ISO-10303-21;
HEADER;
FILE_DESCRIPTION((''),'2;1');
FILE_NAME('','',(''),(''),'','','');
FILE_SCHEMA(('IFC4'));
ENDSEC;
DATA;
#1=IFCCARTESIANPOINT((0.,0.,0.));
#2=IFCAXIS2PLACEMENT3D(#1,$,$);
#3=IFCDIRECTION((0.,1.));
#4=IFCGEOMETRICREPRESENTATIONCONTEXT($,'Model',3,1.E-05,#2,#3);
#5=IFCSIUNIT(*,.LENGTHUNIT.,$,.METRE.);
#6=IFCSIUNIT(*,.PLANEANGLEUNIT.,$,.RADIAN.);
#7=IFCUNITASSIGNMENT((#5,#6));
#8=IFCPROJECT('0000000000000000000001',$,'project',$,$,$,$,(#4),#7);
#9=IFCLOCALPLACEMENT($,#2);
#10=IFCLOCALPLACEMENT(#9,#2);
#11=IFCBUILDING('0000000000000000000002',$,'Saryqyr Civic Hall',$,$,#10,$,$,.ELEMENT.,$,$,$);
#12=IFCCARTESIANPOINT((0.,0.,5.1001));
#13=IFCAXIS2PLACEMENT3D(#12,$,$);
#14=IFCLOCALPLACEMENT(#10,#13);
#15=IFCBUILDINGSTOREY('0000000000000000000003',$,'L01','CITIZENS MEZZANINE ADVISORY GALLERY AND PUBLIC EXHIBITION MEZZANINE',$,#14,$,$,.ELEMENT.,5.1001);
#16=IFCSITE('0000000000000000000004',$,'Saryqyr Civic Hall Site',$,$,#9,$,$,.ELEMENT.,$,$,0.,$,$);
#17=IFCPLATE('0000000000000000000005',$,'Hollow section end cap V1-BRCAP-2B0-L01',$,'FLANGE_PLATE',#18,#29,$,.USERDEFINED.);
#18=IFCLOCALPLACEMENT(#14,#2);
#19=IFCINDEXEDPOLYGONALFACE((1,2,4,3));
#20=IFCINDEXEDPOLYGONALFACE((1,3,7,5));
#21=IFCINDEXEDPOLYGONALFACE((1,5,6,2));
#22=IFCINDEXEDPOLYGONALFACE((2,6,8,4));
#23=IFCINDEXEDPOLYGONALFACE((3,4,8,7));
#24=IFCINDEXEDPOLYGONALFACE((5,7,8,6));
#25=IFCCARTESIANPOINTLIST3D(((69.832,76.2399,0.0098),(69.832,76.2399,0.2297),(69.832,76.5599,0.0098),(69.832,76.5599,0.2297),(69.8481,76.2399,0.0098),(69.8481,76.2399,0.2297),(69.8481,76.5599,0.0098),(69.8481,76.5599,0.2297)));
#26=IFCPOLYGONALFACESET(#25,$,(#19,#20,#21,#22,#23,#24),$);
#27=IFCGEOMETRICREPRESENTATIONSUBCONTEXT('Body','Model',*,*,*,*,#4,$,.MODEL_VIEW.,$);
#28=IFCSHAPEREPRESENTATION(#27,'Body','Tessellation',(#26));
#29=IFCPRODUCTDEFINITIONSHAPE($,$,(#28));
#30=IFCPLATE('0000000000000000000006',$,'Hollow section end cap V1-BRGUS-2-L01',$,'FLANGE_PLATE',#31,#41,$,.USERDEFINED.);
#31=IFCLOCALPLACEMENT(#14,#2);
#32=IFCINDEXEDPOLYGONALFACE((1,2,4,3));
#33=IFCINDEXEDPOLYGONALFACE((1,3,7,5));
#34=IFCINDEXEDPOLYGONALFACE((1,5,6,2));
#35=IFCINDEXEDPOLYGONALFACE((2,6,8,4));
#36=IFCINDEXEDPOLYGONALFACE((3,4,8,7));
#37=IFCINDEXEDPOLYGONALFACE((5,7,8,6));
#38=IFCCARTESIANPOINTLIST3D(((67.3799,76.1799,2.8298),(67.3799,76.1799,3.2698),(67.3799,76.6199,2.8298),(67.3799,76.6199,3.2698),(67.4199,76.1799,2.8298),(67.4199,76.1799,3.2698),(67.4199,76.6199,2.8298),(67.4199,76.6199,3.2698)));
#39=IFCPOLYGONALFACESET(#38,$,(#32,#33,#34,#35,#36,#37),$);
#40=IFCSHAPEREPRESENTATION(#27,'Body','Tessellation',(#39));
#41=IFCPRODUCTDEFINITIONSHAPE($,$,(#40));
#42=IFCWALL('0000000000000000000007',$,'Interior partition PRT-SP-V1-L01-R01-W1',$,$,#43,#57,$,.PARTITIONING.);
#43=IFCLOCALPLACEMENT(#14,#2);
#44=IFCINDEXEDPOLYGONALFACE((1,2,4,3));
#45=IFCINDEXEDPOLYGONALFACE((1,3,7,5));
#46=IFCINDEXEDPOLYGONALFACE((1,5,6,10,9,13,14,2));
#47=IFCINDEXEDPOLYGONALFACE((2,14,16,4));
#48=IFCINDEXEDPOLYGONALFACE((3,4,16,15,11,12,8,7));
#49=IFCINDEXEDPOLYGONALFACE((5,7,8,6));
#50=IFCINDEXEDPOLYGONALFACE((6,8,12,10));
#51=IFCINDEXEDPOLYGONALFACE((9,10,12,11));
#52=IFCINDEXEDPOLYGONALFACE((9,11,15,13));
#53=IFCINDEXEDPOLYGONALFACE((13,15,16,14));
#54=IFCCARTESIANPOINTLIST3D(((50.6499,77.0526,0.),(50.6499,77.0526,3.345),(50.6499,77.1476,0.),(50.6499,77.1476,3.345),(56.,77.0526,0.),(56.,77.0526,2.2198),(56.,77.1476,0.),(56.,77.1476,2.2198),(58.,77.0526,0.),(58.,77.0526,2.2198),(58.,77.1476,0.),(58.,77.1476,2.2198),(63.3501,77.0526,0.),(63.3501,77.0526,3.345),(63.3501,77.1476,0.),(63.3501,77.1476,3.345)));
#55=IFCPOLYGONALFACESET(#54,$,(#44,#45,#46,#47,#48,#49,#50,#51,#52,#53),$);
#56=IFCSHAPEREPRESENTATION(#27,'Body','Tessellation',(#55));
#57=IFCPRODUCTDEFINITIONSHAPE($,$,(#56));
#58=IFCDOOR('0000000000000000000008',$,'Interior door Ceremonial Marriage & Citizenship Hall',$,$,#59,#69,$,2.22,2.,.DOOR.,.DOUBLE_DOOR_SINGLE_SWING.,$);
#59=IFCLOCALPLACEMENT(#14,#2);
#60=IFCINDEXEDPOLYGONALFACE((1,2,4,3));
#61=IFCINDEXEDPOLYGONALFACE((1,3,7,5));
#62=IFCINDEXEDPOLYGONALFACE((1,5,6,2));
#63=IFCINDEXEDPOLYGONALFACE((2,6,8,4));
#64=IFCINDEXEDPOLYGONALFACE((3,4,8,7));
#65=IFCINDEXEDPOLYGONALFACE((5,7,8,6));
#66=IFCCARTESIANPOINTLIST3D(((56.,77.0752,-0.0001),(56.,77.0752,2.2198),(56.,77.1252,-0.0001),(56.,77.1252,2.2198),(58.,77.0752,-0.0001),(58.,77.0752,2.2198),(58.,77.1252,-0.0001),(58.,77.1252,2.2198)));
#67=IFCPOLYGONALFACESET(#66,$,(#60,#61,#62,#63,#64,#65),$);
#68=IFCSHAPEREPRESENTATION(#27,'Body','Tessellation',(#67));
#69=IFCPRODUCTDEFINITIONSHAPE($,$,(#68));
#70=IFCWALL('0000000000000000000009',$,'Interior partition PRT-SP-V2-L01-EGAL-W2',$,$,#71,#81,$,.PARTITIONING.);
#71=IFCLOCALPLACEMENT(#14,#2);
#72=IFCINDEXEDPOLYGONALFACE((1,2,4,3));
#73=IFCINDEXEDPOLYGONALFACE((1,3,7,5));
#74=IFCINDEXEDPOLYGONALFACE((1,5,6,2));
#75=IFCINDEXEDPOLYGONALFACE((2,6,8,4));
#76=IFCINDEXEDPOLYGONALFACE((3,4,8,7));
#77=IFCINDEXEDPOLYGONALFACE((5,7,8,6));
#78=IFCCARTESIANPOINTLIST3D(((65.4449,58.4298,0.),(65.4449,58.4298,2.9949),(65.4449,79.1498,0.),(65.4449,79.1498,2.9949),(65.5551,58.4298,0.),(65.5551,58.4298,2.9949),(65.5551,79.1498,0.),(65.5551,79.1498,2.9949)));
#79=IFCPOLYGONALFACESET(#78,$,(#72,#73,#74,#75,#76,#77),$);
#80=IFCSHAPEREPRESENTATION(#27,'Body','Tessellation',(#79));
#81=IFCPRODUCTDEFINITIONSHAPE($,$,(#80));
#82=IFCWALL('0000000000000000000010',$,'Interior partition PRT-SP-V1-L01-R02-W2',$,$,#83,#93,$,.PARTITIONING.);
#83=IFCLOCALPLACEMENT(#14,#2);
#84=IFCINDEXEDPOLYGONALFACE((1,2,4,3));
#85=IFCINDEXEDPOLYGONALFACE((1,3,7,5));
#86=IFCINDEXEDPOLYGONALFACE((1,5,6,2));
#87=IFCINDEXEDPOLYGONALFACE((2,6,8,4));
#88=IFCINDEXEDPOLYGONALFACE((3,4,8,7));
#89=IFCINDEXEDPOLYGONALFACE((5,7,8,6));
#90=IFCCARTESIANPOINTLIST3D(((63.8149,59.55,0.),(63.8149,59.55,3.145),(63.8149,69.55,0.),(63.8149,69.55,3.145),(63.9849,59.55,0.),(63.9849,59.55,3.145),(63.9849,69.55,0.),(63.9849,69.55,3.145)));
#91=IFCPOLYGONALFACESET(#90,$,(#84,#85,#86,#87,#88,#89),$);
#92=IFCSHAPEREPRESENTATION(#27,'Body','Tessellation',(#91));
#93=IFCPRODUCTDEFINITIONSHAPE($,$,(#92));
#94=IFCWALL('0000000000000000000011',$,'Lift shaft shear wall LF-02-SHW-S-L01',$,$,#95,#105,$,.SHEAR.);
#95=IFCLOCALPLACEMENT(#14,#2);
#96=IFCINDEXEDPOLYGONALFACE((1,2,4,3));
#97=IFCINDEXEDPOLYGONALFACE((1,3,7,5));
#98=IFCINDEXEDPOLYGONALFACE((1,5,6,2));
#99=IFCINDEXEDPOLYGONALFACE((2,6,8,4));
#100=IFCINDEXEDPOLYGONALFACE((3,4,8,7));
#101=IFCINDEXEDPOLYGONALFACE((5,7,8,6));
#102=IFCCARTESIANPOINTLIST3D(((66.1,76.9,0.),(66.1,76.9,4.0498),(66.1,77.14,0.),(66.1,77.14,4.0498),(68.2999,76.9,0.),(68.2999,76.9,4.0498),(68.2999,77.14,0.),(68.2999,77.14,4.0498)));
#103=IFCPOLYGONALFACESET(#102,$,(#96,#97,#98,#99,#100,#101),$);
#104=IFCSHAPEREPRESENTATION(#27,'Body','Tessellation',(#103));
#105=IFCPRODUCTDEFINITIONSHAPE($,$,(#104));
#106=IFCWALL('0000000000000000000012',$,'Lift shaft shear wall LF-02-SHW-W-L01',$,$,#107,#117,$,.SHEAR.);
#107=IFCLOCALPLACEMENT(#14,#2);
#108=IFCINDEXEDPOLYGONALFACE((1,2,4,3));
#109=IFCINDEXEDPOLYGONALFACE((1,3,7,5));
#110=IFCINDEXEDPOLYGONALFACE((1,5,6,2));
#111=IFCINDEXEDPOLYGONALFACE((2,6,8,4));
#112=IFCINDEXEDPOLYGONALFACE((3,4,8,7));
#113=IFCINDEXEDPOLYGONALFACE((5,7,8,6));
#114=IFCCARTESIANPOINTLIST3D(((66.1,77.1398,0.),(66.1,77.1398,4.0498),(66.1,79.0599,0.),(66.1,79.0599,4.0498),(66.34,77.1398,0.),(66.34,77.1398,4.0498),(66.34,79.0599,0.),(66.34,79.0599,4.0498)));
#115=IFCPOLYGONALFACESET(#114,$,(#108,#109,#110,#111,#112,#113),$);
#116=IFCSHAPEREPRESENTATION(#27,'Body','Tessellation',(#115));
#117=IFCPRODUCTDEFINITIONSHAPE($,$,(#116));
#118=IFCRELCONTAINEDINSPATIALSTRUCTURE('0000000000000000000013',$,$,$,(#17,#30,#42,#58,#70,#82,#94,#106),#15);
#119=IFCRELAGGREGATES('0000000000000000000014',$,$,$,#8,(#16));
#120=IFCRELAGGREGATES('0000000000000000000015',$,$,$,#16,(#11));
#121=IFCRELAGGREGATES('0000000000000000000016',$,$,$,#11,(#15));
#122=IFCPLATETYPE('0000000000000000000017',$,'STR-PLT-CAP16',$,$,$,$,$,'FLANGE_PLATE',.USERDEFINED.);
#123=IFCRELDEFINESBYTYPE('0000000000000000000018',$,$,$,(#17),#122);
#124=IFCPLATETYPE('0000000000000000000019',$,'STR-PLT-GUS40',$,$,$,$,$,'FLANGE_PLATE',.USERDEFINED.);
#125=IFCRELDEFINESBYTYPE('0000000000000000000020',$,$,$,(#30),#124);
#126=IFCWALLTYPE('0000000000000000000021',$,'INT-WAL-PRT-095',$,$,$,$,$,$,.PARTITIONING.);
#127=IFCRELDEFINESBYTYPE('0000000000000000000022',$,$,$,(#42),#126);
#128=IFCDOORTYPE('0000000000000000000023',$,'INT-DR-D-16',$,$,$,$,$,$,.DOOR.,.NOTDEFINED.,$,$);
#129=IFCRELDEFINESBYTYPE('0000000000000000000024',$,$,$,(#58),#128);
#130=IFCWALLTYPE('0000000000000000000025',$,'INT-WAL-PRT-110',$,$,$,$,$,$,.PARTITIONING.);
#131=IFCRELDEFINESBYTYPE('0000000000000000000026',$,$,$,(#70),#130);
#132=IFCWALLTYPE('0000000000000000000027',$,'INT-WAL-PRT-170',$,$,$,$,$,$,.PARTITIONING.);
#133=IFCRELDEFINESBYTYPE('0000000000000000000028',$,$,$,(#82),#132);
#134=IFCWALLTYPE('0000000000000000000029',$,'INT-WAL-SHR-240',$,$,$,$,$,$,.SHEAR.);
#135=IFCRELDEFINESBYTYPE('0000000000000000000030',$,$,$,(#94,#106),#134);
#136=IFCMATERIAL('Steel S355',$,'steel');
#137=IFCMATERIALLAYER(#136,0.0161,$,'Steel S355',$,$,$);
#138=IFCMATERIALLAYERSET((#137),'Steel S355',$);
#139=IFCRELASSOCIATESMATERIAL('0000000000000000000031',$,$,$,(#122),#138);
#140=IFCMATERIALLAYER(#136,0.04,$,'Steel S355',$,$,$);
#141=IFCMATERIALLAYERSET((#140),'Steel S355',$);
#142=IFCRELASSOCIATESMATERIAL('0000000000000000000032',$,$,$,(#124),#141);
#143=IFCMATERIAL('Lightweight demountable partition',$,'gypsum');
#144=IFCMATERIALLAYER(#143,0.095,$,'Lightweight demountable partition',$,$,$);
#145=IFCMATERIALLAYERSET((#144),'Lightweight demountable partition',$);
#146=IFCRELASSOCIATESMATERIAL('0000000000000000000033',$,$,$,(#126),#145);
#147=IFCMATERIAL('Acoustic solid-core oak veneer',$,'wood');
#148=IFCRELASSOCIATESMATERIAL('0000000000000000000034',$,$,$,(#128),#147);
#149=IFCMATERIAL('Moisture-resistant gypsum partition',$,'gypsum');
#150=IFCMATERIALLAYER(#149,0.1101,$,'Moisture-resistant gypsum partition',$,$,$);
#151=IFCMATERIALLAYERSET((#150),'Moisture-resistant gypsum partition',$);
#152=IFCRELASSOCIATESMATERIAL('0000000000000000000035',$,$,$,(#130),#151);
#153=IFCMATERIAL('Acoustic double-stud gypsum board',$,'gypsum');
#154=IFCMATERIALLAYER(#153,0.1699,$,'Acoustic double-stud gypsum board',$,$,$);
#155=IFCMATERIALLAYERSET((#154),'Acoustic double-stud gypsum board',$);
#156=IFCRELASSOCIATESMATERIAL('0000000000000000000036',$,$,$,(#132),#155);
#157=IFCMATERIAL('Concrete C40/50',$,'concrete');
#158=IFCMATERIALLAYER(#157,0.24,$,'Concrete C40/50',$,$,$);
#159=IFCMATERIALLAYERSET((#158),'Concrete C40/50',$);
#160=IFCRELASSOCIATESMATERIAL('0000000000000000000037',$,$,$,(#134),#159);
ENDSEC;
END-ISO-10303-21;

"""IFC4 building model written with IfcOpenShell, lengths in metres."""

from ifc_helpers import new_model, si_unit, direction, frame, frame_2d, origin, origin_2d, place, context, subcontext, project, spatial, rectangle, extrude, material, layer, layer_set, type_object, element, fill, save


model = new_model("IFC4")

# Units and contexts
model_context = context("Model", 3, precision=1e-05, world=origin(), true_north=direction((0.0, 1.0)))
body_context = subcontext(model_context, "Body", "Model", "MODEL_VIEW")
ifc_project = project(units=[si_unit("LENGTHUNIT", "METRE"), si_unit("PLANEANGLEUNIT", "RADIAN")], contexts=[model_context])

# Site, building, storey
site_placement = place(None, origin())
site = spatial("IfcSite", under=ifc_project, at=site_placement, Name="Saryqyr Civic Hall Site", CompositionType="ELEMENT", RefElevation=0.0)
building_placement = place(site_placement, origin())
building = spatial("IfcBuilding", under=site, at=building_placement, Name="Saryqyr Civic Hall", CompositionType="ELEMENT")
storey_placement = place(building_placement, frame((0.0, 0.0, 5.1001)))
storey = spatial("IfcBuildingStorey", under=building, at=storey_placement, Name="L01", Description="CITIZENS MEZZANINE ADVISORY GALLERY AND PUBLIC EXHIBITION MEZZANINE", CompositionType="ELEMENT", Elevation=5.1001)

# Shared definitions
ifc_material_1 = material(Name="Concrete C40/50", Category="concrete")

# Shared definitions
ifc_material_2 = material(Name="Steel S355", Category="steel")

# Plates
ifc_layer_1 = layer(ifc_material_2, 0.0161, Name="Steel S355")
ifc_layer_set_1 = layer_set([ifc_layer_1], Name="Steel S355")
plate_type_1 = type_object("IfcPlateType", Name="STR-PLT-CAP16", ElementType="FLANGE_PLATE", PredefinedType="USERDEFINED", material=ifc_layer_set_1)
for number, where, z_axis, x_axis, name in (
    (1, (69.8401, 76.3999, 0.0098), (0.0, 0.0, 1.0), (1.0, 0.0, 0.0), "Hollow section end cap V1-BRCAP-2B0-L01"),
):
    element("IfcPlate", number, at=place(storey_placement, frame(where, z_axis=z_axis, x_axis=x_axis)), inside=storey, type_object=plate_type_1, Name=name, ObjectType="FLANGE_PLATE", PredefinedType="USERDEFINED", context=body_context, shape_type="SweptSolid", body=[
        extrude(rectangle(XDim=0.0161, YDim=0.3201, at=origin_2d()), origin(), (0.0, 0.0, 1.0), 0.22),
    ])
ifc_layer_2 = layer(ifc_material_2, 0.04, Name="Steel S355")
ifc_layer_set_2 = layer_set([ifc_layer_2], Name="Steel S355")
plate_type_2 = type_object("IfcPlateType", Name="STR-PLT-GUS40", ElementType="FLANGE_PLATE", PredefinedType="USERDEFINED", material=ifc_layer_set_2)
plate_placement = place(storey_placement, frame((67.3999, 76.3999, 2.8298), z_axis=(0.0, 0.0, 1.0), x_axis=(1.0, 0.0, 0.0)))
element("IfcPlate", 2, at=plate_placement, inside=storey, type_object=plate_type_2, Name="Hollow section end cap V1-BRGUS-2-L01", ObjectType="FLANGE_PLATE", PredefinedType="USERDEFINED", context=body_context, shape_type="SweptSolid", body=[
    extrude(rectangle(XDim=0.04, YDim=0.4399, at=origin_2d()), origin(), (0.0, 0.0, 1.0), 0.4399),
])

# Wall, opening, door
ifc_material_3 = material(Name="Lightweight demountable partition", Category="gypsum")
ifc_layer_3 = layer(ifc_material_3, 0.095, Name="Lightweight demountable partition")
ifc_layer_set_3 = layer_set([ifc_layer_3], Name="Lightweight demountable partition")
wall_type_1 = type_object("IfcWallType", Name="INT-WAL-PRT-095", PredefinedType="PARTITIONING", material=ifc_layer_set_3)
wall_1_placement = place(storey_placement, frame((63.3501, 77.1001, 0.0), z_axis=(0.0, 0.0, 1.0), x_axis=(-1.0, 0.0, 0.0)))
wall_1 = element("IfcWall", 3, at=wall_1_placement, inside=storey, type_object=wall_type_1, Name="Interior partition PRT-SP-V1-L01-R01-W1", PredefinedType="PARTITIONING", context=body_context, shape_type="SweptSolid", body=[
    extrude(rectangle(XDim=12.7002, YDim=0.095, at=frame_2d((6.3501, 0.0))), origin(), (0.0, 0.0, 1.0), 3.345),
])
opening_placement = place(wall_1_placement, frame((5.3501, 0.0, 0.0)))
opening = element("IfcOpeningElement", 4, at=opening_placement, cuts=wall_1, PredefinedType="OPENING", context=body_context, shape_type="SweptSolid", body=[
    extrude(rectangle(XDim=2.0, YDim=2.22, at=frame_2d((1.0, 1.1099))), frame((0.0, 0.0574, 0.0), z_axis=(0.0, -1.0, 0.0), x_axis=(1.0, 0.0, 0.0)), (0.0, 0.0, 1.0), 0.115),
])
ifc_material_4 = material(Name="Acoustic solid-core oak veneer", Category="wood")
door_type = type_object("IfcDoorType", Name="INT-DR-D-16", OperationType="NOTDEFINED", PredefinedType="DOOR", material=ifc_material_4)
door_placement = place(opening_placement, origin())
door = element("IfcDoor", 5, at=door_placement, inside=storey, type_object=door_type, Name="Interior door Ceremonial Marriage & Citizenship Hall", OperationType="DOUBLE_DOOR_SINGLE_SWING", OverallHeight=2.22, OverallWidth=2.0, PredefinedType="DOOR", context=body_context, shape_type="SweptSolid", body=[
    extrude(rectangle(XDim=2.0, YDim=2.22, at=frame_2d((1.0, 1.1099))), frame((0.0, 0.0249, 0.0), z_axis=(0.0, -1.0, 0.0), x_axis=(1.0, 0.0, 0.0)), (0.0, 0.0, 1.0), 0.05),
])
fill(opening, door)

# Walls
ifc_material_5 = material(Name="Moisture-resistant gypsum partition", Category="gypsum")
ifc_layer_4 = layer(ifc_material_5, 0.1101, Name="Moisture-resistant gypsum partition")
ifc_layer_set_4 = layer_set([ifc_layer_4], Name="Moisture-resistant gypsum partition")
wall_type_2 = type_object("IfcWallType", Name="INT-WAL-PRT-110", PredefinedType="PARTITIONING", material=ifc_layer_set_4)
wall_2_placement = place(storey_placement, frame((65.5, 58.4299, 0.0), z_axis=(0.0, 0.0, 1.0), x_axis=(0.0, 1.0, 0.0)))
element("IfcWall", 6, at=wall_2_placement, inside=storey, type_object=wall_type_2, Name="Interior partition PRT-SP-V2-L01-EGAL-W2", PredefinedType="PARTITIONING", context=body_context, shape_type="SweptSolid", body=[
    extrude(rectangle(XDim=20.72, YDim=0.1101, at=frame_2d((10.3599, 0.0))), origin(), (0.0, 0.0, 1.0), 2.9949),
])
ifc_material_6 = material(Name="Acoustic double-stud gypsum board", Category="gypsum")
ifc_layer_5 = layer(ifc_material_6, 0.1699, Name="Acoustic double-stud gypsum board")
ifc_layer_set_5 = layer_set([ifc_layer_5], Name="Acoustic double-stud gypsum board")
wall_type_3 = type_object("IfcWallType", Name="INT-WAL-PRT-170", PredefinedType="PARTITIONING", material=ifc_layer_set_5)
wall_3_placement = place(storey_placement, frame((63.8999, 69.55, 0.0), z_axis=(0.0, 0.0, 1.0), x_axis=(0.0, -1.0, 0.0)))
element("IfcWall", 7, at=wall_3_placement, inside=storey, type_object=wall_type_3, Name="Interior partition PRT-SP-V1-L01-R02-W2", PredefinedType="PARTITIONING", context=body_context, shape_type="SweptSolid", body=[
    extrude(rectangle(XDim=10.0, YDim=0.1699, at=frame_2d((5.0, 0.0))), origin(), (0.0, 0.0, 1.0), 3.145),
])
ifc_layer_6 = layer(ifc_material_1, 0.24, Name="Concrete C40/50")
ifc_layer_set_6 = layer_set([ifc_layer_6], Name="Concrete C40/50")
wall_type_4 = type_object("IfcWallType", Name="INT-WAL-SHR-240", PredefinedType="SHEAR", material=ifc_layer_set_6)
wall_4_placement = place(storey_placement, frame((68.3, 77.02, 0.0), z_axis=(0.0, 0.0, 1.0), x_axis=(-1.0, 0.0, 0.0)))
element("IfcWall", 8, at=wall_4_placement, inside=storey, type_object=wall_type_4, Name="Lift shaft shear wall LF-02-SHW-S-L01", PredefinedType="SHEAR", context=body_context, shape_type="SweptSolid", body=[
    extrude(rectangle(XDim=2.2, YDim=0.24, at=frame_2d((1.1001, 0.0))), origin(), (0.0, 0.0, 1.0), 4.0498),
])
wall_5_placement = place(storey_placement, frame((66.22, 77.1399, 0.0), z_axis=(0.0, 0.0, 1.0), x_axis=(0.0, 1.0, 0.0)))
element("IfcWall", 9, at=wall_5_placement, inside=storey, type_object=wall_type_4, Name="Lift shaft shear wall LF-02-SHW-W-L01", PredefinedType="SHEAR", context=body_context, shape_type="SweptSolid", body=[
    extrude(rectangle(XDim=1.9202, YDim=0.24, at=frame_2d((0.96, 0.0))), origin(), (0.0, 0.0, 1.0), 4.0498),
])

save(model, "model.ifc")
